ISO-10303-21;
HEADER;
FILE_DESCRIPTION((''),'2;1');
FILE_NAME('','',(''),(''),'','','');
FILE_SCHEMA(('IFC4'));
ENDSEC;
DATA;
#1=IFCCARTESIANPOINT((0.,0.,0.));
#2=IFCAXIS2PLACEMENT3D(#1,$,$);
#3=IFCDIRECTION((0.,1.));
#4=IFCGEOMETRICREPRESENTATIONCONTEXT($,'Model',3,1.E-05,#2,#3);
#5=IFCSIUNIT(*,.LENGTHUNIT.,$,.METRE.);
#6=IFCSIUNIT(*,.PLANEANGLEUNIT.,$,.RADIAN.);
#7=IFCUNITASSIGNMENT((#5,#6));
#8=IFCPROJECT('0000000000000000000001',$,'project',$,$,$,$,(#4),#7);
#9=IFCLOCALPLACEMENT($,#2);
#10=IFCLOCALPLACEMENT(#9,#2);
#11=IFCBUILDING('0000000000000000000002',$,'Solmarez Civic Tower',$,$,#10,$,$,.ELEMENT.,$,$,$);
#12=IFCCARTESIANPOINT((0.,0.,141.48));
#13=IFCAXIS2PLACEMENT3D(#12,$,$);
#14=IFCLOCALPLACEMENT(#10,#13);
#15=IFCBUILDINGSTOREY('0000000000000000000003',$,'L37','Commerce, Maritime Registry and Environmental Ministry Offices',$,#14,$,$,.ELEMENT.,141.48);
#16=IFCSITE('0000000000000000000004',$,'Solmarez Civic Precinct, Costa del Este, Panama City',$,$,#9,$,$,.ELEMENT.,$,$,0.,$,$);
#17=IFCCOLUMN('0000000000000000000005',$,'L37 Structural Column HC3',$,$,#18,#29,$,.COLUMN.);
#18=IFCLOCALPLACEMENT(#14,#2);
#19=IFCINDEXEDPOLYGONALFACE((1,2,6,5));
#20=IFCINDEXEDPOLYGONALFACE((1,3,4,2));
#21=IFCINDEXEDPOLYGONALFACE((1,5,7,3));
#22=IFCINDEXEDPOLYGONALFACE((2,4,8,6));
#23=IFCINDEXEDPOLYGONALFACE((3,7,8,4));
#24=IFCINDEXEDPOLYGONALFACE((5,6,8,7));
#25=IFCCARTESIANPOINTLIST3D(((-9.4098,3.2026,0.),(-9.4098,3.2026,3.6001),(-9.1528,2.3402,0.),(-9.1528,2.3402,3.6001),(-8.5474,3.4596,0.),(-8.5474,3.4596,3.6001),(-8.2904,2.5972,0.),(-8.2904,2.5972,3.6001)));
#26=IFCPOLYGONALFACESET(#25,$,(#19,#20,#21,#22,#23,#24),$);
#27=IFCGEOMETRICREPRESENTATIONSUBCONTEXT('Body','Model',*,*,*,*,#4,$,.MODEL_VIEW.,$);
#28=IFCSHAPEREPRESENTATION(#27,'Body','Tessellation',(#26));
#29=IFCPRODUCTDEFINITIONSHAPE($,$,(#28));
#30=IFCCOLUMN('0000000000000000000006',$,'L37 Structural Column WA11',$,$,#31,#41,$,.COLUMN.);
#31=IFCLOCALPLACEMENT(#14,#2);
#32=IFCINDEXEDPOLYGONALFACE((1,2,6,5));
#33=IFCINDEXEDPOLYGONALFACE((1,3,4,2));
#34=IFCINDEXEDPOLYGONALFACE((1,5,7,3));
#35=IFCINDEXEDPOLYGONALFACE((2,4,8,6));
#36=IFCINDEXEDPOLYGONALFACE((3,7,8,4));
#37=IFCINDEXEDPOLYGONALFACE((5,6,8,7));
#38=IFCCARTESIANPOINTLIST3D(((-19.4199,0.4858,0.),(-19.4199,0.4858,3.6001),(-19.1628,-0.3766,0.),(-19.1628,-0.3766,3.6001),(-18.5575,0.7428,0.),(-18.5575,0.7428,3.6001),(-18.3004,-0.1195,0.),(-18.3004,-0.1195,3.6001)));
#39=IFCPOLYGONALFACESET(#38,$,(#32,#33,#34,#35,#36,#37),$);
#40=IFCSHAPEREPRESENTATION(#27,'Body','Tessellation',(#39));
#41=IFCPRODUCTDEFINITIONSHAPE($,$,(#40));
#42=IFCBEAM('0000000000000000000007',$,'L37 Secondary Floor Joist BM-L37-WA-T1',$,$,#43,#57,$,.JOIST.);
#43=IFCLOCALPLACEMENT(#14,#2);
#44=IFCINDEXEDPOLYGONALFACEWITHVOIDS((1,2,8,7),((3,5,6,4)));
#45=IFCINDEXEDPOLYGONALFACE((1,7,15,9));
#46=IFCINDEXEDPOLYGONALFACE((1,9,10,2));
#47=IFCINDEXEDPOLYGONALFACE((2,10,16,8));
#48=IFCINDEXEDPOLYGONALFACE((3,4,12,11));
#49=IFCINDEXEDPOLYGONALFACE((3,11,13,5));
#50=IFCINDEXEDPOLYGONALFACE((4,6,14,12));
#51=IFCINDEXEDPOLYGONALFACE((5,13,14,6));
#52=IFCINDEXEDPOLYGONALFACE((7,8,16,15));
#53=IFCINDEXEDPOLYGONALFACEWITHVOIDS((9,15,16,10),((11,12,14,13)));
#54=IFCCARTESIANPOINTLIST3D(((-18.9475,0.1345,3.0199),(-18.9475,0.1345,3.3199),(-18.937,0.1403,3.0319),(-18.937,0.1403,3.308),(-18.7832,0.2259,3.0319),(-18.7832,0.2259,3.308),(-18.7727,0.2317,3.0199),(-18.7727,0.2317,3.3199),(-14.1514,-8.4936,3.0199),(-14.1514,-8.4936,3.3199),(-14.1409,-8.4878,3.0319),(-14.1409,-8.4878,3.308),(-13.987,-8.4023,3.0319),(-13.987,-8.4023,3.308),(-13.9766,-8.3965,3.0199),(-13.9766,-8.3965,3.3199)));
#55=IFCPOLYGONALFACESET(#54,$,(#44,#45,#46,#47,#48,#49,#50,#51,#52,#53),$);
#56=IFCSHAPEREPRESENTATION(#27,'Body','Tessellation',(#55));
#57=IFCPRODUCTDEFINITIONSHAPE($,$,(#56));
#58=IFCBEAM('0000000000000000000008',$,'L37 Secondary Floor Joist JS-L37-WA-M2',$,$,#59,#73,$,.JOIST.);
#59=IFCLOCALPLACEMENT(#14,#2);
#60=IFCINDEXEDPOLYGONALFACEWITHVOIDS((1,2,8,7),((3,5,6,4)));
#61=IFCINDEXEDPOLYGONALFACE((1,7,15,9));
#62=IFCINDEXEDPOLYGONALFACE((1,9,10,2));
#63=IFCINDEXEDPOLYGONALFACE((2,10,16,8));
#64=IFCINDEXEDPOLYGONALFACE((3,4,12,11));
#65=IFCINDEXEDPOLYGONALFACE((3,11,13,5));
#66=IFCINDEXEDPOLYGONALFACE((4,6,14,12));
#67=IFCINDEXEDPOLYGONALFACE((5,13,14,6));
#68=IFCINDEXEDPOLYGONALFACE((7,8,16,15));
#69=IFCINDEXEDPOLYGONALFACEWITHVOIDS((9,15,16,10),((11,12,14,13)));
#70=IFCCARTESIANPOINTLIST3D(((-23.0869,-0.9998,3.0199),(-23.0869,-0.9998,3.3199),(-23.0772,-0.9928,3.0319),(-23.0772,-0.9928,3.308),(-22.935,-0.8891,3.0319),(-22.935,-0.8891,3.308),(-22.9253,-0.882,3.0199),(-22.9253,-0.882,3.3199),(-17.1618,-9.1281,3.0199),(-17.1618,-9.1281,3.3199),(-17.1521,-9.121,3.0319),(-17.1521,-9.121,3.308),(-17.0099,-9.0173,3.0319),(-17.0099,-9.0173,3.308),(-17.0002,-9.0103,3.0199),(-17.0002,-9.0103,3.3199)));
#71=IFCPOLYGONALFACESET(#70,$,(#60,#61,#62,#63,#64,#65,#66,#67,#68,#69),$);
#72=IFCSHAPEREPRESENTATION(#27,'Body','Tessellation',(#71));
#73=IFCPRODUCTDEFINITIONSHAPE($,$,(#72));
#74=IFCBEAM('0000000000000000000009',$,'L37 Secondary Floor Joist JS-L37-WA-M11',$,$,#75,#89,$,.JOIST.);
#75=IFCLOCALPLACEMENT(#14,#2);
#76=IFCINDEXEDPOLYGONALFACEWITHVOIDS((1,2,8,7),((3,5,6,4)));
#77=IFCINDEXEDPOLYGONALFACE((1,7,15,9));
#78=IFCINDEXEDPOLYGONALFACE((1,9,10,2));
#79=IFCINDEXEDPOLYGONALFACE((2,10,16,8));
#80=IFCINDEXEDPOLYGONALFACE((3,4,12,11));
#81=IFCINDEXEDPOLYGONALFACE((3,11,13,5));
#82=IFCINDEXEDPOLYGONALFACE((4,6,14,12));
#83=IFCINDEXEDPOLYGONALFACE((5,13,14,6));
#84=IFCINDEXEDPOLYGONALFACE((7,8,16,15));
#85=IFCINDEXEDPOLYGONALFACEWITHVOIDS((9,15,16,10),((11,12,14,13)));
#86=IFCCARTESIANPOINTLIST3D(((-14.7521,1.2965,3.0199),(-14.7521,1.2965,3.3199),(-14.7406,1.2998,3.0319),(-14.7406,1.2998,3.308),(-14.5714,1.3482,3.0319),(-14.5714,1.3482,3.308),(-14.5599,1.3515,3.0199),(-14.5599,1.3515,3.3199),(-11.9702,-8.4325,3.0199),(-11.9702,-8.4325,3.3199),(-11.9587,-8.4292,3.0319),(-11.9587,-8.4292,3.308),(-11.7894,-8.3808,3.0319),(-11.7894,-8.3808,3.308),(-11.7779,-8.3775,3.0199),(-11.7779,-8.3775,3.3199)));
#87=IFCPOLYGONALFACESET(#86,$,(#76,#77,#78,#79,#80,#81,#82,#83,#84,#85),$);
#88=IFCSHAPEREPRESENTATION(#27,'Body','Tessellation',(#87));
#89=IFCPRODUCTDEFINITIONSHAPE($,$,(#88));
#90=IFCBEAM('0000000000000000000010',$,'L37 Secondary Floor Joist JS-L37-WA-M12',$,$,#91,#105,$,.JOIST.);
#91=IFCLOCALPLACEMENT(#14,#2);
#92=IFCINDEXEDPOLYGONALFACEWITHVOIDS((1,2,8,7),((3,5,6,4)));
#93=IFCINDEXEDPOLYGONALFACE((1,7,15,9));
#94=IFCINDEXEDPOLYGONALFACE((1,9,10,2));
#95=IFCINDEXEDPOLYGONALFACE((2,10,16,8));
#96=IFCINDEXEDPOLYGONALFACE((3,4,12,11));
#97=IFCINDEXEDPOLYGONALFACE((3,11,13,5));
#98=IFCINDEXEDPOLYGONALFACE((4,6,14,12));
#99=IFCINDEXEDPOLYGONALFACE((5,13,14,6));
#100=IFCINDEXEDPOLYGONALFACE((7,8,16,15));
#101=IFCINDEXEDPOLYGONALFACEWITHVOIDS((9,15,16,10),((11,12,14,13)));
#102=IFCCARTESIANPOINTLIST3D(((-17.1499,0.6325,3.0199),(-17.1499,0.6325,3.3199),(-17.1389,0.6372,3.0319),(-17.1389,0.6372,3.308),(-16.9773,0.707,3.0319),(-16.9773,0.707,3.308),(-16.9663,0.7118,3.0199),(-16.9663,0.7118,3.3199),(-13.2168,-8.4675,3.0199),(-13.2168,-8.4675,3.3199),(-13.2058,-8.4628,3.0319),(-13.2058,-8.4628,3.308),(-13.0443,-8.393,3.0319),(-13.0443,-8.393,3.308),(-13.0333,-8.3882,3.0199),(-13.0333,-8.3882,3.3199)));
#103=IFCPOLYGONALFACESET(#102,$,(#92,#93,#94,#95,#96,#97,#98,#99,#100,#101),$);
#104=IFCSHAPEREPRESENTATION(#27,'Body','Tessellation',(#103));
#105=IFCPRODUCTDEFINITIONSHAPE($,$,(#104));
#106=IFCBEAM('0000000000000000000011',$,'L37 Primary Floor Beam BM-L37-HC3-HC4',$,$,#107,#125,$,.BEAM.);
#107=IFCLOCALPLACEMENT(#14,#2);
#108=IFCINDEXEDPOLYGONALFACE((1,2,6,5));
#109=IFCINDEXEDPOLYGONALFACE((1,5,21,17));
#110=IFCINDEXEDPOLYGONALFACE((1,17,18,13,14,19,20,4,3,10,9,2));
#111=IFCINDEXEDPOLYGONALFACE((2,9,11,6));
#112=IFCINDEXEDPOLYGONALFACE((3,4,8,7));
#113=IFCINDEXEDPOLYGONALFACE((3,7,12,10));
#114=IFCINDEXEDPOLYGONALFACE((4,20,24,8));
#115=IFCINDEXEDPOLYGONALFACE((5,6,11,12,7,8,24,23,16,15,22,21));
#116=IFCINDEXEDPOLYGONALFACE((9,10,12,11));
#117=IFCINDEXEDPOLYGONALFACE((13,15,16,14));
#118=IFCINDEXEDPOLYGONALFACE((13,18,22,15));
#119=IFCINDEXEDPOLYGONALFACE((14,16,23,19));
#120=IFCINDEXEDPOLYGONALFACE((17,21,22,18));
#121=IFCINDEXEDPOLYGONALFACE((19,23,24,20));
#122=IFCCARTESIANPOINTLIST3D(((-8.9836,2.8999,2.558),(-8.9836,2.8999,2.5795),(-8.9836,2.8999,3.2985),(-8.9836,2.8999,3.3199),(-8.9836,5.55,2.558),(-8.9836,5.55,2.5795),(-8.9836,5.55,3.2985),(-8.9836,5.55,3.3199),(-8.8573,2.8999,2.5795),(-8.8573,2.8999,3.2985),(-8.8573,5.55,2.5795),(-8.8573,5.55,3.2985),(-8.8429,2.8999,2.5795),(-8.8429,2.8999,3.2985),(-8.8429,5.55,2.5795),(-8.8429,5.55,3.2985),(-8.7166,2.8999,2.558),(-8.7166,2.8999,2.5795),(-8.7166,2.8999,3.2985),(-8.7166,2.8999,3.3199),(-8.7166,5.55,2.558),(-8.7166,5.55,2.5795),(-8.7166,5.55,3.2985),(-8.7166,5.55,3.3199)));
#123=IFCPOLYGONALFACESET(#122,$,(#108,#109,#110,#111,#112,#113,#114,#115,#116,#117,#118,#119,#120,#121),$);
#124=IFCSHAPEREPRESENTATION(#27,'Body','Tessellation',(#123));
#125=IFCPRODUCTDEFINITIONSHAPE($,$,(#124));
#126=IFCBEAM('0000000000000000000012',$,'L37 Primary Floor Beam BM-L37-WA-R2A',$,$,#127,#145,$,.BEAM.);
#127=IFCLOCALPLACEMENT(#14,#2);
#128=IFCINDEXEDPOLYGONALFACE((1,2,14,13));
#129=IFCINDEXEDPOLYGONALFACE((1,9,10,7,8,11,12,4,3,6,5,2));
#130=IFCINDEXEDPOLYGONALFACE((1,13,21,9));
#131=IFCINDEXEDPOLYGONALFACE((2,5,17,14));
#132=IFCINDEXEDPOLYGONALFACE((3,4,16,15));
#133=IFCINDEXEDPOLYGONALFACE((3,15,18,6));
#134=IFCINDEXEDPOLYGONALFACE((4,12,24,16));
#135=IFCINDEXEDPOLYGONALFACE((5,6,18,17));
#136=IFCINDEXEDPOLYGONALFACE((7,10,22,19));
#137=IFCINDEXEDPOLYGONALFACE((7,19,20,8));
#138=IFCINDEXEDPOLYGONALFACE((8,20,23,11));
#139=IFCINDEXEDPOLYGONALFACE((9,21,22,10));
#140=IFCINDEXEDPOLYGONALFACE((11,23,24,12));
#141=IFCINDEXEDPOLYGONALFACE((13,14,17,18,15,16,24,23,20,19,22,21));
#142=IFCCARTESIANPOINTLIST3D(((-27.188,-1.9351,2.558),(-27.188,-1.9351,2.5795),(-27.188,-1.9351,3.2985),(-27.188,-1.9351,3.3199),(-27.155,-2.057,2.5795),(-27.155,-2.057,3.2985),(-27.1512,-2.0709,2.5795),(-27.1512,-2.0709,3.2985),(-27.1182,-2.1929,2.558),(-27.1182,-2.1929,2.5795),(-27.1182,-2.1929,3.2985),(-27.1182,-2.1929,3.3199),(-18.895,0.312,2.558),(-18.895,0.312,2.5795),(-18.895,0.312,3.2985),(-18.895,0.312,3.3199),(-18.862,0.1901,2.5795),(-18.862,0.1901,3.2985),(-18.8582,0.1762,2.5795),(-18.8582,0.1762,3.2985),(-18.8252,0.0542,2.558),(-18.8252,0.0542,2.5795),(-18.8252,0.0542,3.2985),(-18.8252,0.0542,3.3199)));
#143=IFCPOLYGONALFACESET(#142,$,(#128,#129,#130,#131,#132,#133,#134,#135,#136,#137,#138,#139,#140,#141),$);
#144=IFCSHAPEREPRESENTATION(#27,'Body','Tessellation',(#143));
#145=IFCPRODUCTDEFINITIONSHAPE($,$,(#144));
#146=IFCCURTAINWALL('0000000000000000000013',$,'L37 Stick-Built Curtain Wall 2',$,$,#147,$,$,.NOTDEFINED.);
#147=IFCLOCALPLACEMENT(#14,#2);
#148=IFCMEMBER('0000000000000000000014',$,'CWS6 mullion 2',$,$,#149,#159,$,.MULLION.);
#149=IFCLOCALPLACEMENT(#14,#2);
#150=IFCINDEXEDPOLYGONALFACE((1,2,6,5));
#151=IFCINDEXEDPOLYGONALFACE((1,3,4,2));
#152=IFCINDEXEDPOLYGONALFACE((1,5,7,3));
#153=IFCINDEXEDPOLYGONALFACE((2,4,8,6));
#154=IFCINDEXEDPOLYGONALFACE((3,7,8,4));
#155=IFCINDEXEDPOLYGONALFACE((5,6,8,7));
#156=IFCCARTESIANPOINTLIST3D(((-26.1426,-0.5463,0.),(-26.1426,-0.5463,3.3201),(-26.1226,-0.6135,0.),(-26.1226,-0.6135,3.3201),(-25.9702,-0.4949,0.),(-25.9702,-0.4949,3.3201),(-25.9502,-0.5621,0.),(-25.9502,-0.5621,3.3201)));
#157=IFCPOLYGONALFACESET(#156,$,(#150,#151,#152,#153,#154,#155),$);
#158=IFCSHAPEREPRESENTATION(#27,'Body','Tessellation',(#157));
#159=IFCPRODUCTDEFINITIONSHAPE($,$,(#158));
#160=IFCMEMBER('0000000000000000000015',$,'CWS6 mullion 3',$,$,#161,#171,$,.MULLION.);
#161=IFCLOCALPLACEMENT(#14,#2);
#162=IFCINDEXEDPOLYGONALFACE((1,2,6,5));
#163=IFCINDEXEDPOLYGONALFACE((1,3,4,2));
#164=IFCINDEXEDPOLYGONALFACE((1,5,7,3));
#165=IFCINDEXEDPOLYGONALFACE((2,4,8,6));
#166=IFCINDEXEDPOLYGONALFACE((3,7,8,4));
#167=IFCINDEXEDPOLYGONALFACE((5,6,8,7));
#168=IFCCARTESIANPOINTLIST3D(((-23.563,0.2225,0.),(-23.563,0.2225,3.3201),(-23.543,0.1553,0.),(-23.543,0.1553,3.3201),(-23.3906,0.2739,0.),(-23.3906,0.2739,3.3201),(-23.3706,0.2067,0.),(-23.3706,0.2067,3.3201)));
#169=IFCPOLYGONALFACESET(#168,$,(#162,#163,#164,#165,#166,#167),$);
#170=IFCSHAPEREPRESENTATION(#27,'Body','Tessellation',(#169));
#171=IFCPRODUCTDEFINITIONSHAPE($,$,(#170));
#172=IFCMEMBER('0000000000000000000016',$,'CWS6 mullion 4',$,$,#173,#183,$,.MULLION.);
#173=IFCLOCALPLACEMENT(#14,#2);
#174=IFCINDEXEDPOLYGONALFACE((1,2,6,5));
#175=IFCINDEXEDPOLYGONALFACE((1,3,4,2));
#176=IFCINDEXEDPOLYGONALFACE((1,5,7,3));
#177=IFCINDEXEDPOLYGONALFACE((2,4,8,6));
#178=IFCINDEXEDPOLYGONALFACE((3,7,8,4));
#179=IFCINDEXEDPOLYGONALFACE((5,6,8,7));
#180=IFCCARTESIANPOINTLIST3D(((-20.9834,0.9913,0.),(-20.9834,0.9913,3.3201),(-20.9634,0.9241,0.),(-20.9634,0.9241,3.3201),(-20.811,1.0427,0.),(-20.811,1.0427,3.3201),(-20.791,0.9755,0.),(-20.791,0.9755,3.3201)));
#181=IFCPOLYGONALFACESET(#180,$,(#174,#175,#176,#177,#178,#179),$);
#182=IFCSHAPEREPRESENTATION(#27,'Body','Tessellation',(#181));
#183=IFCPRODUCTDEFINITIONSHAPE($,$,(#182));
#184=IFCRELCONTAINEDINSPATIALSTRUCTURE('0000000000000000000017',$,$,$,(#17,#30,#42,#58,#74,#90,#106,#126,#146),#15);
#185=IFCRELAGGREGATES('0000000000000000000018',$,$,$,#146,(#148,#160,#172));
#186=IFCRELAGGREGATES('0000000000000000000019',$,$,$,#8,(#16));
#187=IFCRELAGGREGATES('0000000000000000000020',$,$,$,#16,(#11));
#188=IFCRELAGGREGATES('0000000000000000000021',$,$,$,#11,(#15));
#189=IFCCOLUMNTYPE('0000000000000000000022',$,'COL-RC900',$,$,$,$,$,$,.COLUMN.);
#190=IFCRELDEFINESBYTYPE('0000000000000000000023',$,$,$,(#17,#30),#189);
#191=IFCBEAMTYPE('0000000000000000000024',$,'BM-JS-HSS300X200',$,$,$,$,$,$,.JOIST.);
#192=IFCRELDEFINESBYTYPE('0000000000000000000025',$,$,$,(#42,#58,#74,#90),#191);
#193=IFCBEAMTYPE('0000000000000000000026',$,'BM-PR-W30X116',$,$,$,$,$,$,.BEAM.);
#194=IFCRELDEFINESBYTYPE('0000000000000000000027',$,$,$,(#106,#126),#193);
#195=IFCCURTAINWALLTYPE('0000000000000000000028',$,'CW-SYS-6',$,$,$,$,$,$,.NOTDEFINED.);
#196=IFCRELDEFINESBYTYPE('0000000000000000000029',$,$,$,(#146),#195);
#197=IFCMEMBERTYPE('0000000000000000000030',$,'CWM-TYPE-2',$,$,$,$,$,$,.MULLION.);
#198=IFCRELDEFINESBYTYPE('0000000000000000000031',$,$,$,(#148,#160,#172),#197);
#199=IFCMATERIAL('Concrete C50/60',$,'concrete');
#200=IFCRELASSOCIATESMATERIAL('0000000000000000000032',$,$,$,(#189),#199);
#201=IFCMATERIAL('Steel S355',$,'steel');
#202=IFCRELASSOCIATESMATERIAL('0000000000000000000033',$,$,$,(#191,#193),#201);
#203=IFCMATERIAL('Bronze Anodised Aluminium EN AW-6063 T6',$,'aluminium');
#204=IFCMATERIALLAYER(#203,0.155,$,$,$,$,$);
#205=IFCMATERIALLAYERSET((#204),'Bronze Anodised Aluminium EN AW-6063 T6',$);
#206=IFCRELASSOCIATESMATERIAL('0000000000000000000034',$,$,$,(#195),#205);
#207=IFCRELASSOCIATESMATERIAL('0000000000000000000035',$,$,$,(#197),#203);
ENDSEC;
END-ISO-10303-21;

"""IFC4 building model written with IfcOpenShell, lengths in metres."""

from ifc_helpers import new_model, si_unit, direction, frame, origin, origin_2d, place, context, subcontext, project, spatial, rectangle, hollow_rectangle, i_section, extrude, material, layer, layer_set, material_profile, profile_set, type_object, element, aggregate, save


model = new_model("IFC4")

# Units and contexts
model_context = context("Model", 3, precision=1e-05, world=origin(), true_north=direction((0.0, 1.0)))
body_context = subcontext(model_context, "Body", "Model", "MODEL_VIEW")
ifc_project = project(units=[si_unit("LENGTHUNIT", "METRE"), si_unit("PLANEANGLEUNIT", "RADIAN")], contexts=[model_context])

# Site, building, storey
site_placement = place(None, origin())
site = spatial("IfcSite", under=ifc_project, at=site_placement, Name="Solmarez Civic Precinct, Costa del Este, Panama City", CompositionType="ELEMENT", RefElevation=0.0)
building_placement = place(site_placement, origin())
building = spatial("IfcBuilding", under=site, at=building_placement, Name="Solmarez Civic Tower", CompositionType="ELEMENT")
storey_placement = place(building_placement, frame((0.0, 0.0, 141.48)))
storey = spatial("IfcBuildingStorey", under=building, at=storey_placement, Name="L37", Description="Commerce, Maritime Registry and Environmental Ministry Offices", CompositionType="ELEMENT", Elevation=141.48)

# Columns
ifc_material_1 = material(Name="Concrete C50/60", Category="concrete")
ifc_material_profile_1 = material_profile(ifc_material_1, rectangle(XDim=0.8999, YDim=0.8999, at=origin_2d()), Name="RC900X900")
ifc_profile_set_1 = profile_set([ifc_material_profile_1], Name="Concrete C50/60")
column_type = type_object("IfcColumnType", Name="COL-RC900", PredefinedType="COLUMN", material=ifc_profile_set_1)
for number, where, z_axis, x_axis, name in (
    (1, (-8.8501, 2.8999, 0.0), (0.0, 0.0, 1.0), (0.958323, 0.285688, 0.0), "L37 Structural Column HC3"),
    (2, (-18.8601, 0.1831, 0.0), (0.0, 0.0, 1.0), (0.958323, 0.285688, 0.0), "L37 Structural Column WA11"),
):
    element("IfcColumn", number, at=place(storey_placement, frame(where, z_axis=z_axis, x_axis=x_axis)), inside=storey, type_object=column_type, Name=name, PredefinedType="COLUMN", context=body_context, shape_type="SweptSolid", body=[
        extrude(rectangle(XDim=0.8999, YDim=0.8999, at=origin_2d()), origin(), (0.0, 0.0, 1.0), 3.6001),
    ])

# Beams
ifc_material_2 = material(Name="Steel S355", Category="steel")
ifc_material_profile_2 = material_profile(ifc_material_2, hollow_rectangle(XDim=0.2, YDim=0.3, WallThickness=0.012, at=origin_2d()), Name="HSS300X200X12")
ifc_profile_set_2 = profile_set([ifc_material_profile_2], Name="Steel S355")
beam_type_1 = type_object("IfcBeamType", Name="BM-JS-HSS300X200", PredefinedType="JOIST", material=ifc_profile_set_2)
beam_1_placement = place(storey_placement, frame((-18.8601, 0.1831, 3.1699), z_axis=(0.485853, -0.874041, 0.0), x_axis=(0.874041, 0.485853, 0.0)))
element("IfcBeam", 3, at=beam_1_placement, inside=storey, type_object=beam_type_1, Name="L37 Secondary Floor Joist BM-L37-WA-T1", PredefinedType="JOIST", context=body_context, shape_type="SweptSolid", body=[
    extrude(hollow_rectangle(XDim=0.2, YDim=0.3, WallThickness=0.012, at=origin_2d()), origin(), (0.0, 0.0, 1.0), 9.8716),
])
beam_2_placement = place(storey_placement, frame((-23.0061, -0.9409, 3.1699), z_axis=(0.589059, -0.80809, 0.0), x_axis=(0.80809, 0.589059, 0.0)))
element("IfcBeam", 4, at=beam_2_placement, inside=storey, type_object=beam_type_1, Name="L37 Secondary Floor Joist JS-L37-WA-M2", PredefinedType="JOIST", context=body_context, shape_type="SweptSolid", body=[
    extrude(hollow_rectangle(XDim=0.2, YDim=0.3, WallThickness=0.012, at=origin_2d()), origin(), (0.0, 0.0, 1.0), 10.0586),
])
beam_3_placement = place(storey_placement, frame((-14.656, 1.324, 3.1699), z_axis=(0.274928, -0.961465, 0.0), x_axis=(0.961465, 0.274928, 0.0)))
element("IfcBeam", 5, at=beam_3_placement, inside=storey, type_object=beam_type_1, Name="L37 Secondary Floor Joist JS-L37-WA-M11", PredefinedType="JOIST", context=body_context, shape_type="SweptSolid", body=[
    extrude(hollow_rectangle(XDim=0.2, YDim=0.3, WallThickness=0.012, at=origin_2d()), origin(), (0.0, 0.0, 1.0), 10.1189),
])
beam_4_placement = place(storey_placement, frame((-17.0581, 0.6721, 3.1699), z_axis=(0.396735, -0.917933, 0.0), x_axis=(0.917933, 0.396735, 0.0)))
element("IfcBeam", 6, at=beam_4_placement, inside=storey, type_object=beam_type_1, Name="L37 Secondary Floor Joist JS-L37-WA-M12", PredefinedType="JOIST", context=body_context, shape_type="SweptSolid", body=[
    extrude(hollow_rectangle(XDim=0.2, YDim=0.3, WallThickness=0.012, at=origin_2d()), origin(), (0.0, 0.0, 1.0), 9.9136),
])
ifc_material_profile_3 = material_profile(ifc_material_2, i_section(OverallWidth=0.2671, OverallDepth=0.762, WebThickness=0.0144, FlangeThickness=0.0215, at=origin_2d()), Name="W30X116")
ifc_profile_set_3 = profile_set([ifc_material_profile_3], Name="Steel S355")
beam_type_2 = type_object("IfcBeamType", Name="BM-PR-W30X116", PredefinedType="BEAM", material=ifc_profile_set_3)
beam_5_placement = place(storey_placement, frame((-8.8501, 2.8999, 2.939), z_axis=(0.0, 1.0, 0.0), x_axis=(-1.0, 0.0, 0.0)))
element("IfcBeam", 7, at=beam_5_placement, inside=storey, type_object=beam_type_2, Name="L37 Primary Floor Beam BM-L37-HC3-HC4", PredefinedType="BEAM", context=body_context, shape_type="SweptSolid", body=[
    extrude(i_section(OverallWidth=0.2671, OverallDepth=0.762, WebThickness=0.0144, FlangeThickness=0.0215, at=origin_2d()), origin(), (0.0, 0.0, 1.0), 2.6501),
])
beam_6_placement = place(storey_placement, frame((-18.8601, 0.1831, 2.939), z_axis=(-0.965195, -0.26153, 0.0), x_axis=(0.26153, -0.965195, 0.0)))
element("IfcBeam", 8, at=beam_6_placement, inside=storey, type_object=beam_type_2, Name="L37 Primary Floor Beam BM-L37-WA-R2A", PredefinedType="BEAM", context=body_context, shape_type="SweptSolid", body=[
    extrude(i_section(OverallWidth=0.2671, OverallDepth=0.762, WebThickness=0.0144, FlangeThickness=0.0215, at=origin_2d()), origin(), (0.0, 0.0, 1.0), 8.592),
])

# Curtain wall, members
ifc_material_3 = material(Name="Bronze Anodised Aluminium EN AW-6063 T6", Category="aluminium")
ifc_layer_1 = layer(ifc_material_3, 0.155)
ifc_layer_set_1 = layer_set([ifc_layer_1], Name="Bronze Anodised Aluminium EN AW-6063 T6")
curtain_wall_type = type_object("IfcCurtainWallType", Name="CW-SYS-6", PredefinedType="NOTDEFINED", material=ifc_layer_set_1)
curtain_wall_placement = place(storey_placement, origin())
curtain_wall = element("IfcCurtainWall", 9, at=curtain_wall_placement, inside=storey, type_object=curtain_wall_type, Name="L37 Stick-Built Curtain Wall 2", PredefinedType="NOTDEFINED")
ifc_material_profile_4 = material_profile(ifc_material_3, rectangle(XDim=0.0701, YDim=0.1799, at=origin_2d()), Name="CWM-70X180")
ifc_profile_set_4 = profile_set([ifc_material_profile_4], Name="Bronze Anodised Aluminium EN AW-6063 T6")
member_type_1 = type_object("IfcMemberType", Name="CWM-TYPE-2", PredefinedType="MULLION", material=ifc_profile_set_4)
member_1_placement = place(storey_placement, frame((-26.0464, -0.5542, 0.0), z_axis=(0.0, 0.0, 1.0), x_axis=(-0.285616, 0.958344, 0.0)))
member_1 = element("IfcMember", 10, at=member_1_placement, type_object=member_type_1, Name="CWS6 mullion 2", PredefinedType="MULLION", context=body_context, shape_type="SweptSolid", body=[
    extrude(rectangle(XDim=0.0701, YDim=0.1799, at=origin_2d()), origin(), (0.0, 0.0, 1.0), 3.3201),
])
member_2_placement = place(storey_placement, frame((-23.4668, 0.2146, 0.0), z_axis=(0.0, 0.0, 1.0), x_axis=(-0.285616, 0.958344, 0.0)))
member_2 = element("IfcMember", 11, at=member_2_placement, type_object=member_type_1, Name="CWS6 mullion 3", PredefinedType="MULLION", context=body_context, shape_type="SweptSolid", body=[
    extrude(rectangle(XDim=0.0701, YDim=0.1799, at=origin_2d()), origin(), (0.0, 0.0, 1.0), 3.3201),
])
member_3_placement = place(storey_placement, frame((-20.8872, 0.9834, 0.0), z_axis=(0.0, 0.0, 1.0), x_axis=(-0.285616, 0.958344, 0.0)))
member_3 = element("IfcMember", 12, at=member_3_placement, type_object=member_type_1, Name="CWS6 mullion 4", PredefinedType="MULLION", context=body_context, shape_type="SweptSolid", body=[
    extrude(rectangle(XDim=0.0701, YDim=0.1799, at=origin_2d()), origin(), (0.0, 0.0, 1.0), 3.3201),
])
aggregate(curtain_wall, [member_1, member_2, member_3])

save(model, "model.ifc")
